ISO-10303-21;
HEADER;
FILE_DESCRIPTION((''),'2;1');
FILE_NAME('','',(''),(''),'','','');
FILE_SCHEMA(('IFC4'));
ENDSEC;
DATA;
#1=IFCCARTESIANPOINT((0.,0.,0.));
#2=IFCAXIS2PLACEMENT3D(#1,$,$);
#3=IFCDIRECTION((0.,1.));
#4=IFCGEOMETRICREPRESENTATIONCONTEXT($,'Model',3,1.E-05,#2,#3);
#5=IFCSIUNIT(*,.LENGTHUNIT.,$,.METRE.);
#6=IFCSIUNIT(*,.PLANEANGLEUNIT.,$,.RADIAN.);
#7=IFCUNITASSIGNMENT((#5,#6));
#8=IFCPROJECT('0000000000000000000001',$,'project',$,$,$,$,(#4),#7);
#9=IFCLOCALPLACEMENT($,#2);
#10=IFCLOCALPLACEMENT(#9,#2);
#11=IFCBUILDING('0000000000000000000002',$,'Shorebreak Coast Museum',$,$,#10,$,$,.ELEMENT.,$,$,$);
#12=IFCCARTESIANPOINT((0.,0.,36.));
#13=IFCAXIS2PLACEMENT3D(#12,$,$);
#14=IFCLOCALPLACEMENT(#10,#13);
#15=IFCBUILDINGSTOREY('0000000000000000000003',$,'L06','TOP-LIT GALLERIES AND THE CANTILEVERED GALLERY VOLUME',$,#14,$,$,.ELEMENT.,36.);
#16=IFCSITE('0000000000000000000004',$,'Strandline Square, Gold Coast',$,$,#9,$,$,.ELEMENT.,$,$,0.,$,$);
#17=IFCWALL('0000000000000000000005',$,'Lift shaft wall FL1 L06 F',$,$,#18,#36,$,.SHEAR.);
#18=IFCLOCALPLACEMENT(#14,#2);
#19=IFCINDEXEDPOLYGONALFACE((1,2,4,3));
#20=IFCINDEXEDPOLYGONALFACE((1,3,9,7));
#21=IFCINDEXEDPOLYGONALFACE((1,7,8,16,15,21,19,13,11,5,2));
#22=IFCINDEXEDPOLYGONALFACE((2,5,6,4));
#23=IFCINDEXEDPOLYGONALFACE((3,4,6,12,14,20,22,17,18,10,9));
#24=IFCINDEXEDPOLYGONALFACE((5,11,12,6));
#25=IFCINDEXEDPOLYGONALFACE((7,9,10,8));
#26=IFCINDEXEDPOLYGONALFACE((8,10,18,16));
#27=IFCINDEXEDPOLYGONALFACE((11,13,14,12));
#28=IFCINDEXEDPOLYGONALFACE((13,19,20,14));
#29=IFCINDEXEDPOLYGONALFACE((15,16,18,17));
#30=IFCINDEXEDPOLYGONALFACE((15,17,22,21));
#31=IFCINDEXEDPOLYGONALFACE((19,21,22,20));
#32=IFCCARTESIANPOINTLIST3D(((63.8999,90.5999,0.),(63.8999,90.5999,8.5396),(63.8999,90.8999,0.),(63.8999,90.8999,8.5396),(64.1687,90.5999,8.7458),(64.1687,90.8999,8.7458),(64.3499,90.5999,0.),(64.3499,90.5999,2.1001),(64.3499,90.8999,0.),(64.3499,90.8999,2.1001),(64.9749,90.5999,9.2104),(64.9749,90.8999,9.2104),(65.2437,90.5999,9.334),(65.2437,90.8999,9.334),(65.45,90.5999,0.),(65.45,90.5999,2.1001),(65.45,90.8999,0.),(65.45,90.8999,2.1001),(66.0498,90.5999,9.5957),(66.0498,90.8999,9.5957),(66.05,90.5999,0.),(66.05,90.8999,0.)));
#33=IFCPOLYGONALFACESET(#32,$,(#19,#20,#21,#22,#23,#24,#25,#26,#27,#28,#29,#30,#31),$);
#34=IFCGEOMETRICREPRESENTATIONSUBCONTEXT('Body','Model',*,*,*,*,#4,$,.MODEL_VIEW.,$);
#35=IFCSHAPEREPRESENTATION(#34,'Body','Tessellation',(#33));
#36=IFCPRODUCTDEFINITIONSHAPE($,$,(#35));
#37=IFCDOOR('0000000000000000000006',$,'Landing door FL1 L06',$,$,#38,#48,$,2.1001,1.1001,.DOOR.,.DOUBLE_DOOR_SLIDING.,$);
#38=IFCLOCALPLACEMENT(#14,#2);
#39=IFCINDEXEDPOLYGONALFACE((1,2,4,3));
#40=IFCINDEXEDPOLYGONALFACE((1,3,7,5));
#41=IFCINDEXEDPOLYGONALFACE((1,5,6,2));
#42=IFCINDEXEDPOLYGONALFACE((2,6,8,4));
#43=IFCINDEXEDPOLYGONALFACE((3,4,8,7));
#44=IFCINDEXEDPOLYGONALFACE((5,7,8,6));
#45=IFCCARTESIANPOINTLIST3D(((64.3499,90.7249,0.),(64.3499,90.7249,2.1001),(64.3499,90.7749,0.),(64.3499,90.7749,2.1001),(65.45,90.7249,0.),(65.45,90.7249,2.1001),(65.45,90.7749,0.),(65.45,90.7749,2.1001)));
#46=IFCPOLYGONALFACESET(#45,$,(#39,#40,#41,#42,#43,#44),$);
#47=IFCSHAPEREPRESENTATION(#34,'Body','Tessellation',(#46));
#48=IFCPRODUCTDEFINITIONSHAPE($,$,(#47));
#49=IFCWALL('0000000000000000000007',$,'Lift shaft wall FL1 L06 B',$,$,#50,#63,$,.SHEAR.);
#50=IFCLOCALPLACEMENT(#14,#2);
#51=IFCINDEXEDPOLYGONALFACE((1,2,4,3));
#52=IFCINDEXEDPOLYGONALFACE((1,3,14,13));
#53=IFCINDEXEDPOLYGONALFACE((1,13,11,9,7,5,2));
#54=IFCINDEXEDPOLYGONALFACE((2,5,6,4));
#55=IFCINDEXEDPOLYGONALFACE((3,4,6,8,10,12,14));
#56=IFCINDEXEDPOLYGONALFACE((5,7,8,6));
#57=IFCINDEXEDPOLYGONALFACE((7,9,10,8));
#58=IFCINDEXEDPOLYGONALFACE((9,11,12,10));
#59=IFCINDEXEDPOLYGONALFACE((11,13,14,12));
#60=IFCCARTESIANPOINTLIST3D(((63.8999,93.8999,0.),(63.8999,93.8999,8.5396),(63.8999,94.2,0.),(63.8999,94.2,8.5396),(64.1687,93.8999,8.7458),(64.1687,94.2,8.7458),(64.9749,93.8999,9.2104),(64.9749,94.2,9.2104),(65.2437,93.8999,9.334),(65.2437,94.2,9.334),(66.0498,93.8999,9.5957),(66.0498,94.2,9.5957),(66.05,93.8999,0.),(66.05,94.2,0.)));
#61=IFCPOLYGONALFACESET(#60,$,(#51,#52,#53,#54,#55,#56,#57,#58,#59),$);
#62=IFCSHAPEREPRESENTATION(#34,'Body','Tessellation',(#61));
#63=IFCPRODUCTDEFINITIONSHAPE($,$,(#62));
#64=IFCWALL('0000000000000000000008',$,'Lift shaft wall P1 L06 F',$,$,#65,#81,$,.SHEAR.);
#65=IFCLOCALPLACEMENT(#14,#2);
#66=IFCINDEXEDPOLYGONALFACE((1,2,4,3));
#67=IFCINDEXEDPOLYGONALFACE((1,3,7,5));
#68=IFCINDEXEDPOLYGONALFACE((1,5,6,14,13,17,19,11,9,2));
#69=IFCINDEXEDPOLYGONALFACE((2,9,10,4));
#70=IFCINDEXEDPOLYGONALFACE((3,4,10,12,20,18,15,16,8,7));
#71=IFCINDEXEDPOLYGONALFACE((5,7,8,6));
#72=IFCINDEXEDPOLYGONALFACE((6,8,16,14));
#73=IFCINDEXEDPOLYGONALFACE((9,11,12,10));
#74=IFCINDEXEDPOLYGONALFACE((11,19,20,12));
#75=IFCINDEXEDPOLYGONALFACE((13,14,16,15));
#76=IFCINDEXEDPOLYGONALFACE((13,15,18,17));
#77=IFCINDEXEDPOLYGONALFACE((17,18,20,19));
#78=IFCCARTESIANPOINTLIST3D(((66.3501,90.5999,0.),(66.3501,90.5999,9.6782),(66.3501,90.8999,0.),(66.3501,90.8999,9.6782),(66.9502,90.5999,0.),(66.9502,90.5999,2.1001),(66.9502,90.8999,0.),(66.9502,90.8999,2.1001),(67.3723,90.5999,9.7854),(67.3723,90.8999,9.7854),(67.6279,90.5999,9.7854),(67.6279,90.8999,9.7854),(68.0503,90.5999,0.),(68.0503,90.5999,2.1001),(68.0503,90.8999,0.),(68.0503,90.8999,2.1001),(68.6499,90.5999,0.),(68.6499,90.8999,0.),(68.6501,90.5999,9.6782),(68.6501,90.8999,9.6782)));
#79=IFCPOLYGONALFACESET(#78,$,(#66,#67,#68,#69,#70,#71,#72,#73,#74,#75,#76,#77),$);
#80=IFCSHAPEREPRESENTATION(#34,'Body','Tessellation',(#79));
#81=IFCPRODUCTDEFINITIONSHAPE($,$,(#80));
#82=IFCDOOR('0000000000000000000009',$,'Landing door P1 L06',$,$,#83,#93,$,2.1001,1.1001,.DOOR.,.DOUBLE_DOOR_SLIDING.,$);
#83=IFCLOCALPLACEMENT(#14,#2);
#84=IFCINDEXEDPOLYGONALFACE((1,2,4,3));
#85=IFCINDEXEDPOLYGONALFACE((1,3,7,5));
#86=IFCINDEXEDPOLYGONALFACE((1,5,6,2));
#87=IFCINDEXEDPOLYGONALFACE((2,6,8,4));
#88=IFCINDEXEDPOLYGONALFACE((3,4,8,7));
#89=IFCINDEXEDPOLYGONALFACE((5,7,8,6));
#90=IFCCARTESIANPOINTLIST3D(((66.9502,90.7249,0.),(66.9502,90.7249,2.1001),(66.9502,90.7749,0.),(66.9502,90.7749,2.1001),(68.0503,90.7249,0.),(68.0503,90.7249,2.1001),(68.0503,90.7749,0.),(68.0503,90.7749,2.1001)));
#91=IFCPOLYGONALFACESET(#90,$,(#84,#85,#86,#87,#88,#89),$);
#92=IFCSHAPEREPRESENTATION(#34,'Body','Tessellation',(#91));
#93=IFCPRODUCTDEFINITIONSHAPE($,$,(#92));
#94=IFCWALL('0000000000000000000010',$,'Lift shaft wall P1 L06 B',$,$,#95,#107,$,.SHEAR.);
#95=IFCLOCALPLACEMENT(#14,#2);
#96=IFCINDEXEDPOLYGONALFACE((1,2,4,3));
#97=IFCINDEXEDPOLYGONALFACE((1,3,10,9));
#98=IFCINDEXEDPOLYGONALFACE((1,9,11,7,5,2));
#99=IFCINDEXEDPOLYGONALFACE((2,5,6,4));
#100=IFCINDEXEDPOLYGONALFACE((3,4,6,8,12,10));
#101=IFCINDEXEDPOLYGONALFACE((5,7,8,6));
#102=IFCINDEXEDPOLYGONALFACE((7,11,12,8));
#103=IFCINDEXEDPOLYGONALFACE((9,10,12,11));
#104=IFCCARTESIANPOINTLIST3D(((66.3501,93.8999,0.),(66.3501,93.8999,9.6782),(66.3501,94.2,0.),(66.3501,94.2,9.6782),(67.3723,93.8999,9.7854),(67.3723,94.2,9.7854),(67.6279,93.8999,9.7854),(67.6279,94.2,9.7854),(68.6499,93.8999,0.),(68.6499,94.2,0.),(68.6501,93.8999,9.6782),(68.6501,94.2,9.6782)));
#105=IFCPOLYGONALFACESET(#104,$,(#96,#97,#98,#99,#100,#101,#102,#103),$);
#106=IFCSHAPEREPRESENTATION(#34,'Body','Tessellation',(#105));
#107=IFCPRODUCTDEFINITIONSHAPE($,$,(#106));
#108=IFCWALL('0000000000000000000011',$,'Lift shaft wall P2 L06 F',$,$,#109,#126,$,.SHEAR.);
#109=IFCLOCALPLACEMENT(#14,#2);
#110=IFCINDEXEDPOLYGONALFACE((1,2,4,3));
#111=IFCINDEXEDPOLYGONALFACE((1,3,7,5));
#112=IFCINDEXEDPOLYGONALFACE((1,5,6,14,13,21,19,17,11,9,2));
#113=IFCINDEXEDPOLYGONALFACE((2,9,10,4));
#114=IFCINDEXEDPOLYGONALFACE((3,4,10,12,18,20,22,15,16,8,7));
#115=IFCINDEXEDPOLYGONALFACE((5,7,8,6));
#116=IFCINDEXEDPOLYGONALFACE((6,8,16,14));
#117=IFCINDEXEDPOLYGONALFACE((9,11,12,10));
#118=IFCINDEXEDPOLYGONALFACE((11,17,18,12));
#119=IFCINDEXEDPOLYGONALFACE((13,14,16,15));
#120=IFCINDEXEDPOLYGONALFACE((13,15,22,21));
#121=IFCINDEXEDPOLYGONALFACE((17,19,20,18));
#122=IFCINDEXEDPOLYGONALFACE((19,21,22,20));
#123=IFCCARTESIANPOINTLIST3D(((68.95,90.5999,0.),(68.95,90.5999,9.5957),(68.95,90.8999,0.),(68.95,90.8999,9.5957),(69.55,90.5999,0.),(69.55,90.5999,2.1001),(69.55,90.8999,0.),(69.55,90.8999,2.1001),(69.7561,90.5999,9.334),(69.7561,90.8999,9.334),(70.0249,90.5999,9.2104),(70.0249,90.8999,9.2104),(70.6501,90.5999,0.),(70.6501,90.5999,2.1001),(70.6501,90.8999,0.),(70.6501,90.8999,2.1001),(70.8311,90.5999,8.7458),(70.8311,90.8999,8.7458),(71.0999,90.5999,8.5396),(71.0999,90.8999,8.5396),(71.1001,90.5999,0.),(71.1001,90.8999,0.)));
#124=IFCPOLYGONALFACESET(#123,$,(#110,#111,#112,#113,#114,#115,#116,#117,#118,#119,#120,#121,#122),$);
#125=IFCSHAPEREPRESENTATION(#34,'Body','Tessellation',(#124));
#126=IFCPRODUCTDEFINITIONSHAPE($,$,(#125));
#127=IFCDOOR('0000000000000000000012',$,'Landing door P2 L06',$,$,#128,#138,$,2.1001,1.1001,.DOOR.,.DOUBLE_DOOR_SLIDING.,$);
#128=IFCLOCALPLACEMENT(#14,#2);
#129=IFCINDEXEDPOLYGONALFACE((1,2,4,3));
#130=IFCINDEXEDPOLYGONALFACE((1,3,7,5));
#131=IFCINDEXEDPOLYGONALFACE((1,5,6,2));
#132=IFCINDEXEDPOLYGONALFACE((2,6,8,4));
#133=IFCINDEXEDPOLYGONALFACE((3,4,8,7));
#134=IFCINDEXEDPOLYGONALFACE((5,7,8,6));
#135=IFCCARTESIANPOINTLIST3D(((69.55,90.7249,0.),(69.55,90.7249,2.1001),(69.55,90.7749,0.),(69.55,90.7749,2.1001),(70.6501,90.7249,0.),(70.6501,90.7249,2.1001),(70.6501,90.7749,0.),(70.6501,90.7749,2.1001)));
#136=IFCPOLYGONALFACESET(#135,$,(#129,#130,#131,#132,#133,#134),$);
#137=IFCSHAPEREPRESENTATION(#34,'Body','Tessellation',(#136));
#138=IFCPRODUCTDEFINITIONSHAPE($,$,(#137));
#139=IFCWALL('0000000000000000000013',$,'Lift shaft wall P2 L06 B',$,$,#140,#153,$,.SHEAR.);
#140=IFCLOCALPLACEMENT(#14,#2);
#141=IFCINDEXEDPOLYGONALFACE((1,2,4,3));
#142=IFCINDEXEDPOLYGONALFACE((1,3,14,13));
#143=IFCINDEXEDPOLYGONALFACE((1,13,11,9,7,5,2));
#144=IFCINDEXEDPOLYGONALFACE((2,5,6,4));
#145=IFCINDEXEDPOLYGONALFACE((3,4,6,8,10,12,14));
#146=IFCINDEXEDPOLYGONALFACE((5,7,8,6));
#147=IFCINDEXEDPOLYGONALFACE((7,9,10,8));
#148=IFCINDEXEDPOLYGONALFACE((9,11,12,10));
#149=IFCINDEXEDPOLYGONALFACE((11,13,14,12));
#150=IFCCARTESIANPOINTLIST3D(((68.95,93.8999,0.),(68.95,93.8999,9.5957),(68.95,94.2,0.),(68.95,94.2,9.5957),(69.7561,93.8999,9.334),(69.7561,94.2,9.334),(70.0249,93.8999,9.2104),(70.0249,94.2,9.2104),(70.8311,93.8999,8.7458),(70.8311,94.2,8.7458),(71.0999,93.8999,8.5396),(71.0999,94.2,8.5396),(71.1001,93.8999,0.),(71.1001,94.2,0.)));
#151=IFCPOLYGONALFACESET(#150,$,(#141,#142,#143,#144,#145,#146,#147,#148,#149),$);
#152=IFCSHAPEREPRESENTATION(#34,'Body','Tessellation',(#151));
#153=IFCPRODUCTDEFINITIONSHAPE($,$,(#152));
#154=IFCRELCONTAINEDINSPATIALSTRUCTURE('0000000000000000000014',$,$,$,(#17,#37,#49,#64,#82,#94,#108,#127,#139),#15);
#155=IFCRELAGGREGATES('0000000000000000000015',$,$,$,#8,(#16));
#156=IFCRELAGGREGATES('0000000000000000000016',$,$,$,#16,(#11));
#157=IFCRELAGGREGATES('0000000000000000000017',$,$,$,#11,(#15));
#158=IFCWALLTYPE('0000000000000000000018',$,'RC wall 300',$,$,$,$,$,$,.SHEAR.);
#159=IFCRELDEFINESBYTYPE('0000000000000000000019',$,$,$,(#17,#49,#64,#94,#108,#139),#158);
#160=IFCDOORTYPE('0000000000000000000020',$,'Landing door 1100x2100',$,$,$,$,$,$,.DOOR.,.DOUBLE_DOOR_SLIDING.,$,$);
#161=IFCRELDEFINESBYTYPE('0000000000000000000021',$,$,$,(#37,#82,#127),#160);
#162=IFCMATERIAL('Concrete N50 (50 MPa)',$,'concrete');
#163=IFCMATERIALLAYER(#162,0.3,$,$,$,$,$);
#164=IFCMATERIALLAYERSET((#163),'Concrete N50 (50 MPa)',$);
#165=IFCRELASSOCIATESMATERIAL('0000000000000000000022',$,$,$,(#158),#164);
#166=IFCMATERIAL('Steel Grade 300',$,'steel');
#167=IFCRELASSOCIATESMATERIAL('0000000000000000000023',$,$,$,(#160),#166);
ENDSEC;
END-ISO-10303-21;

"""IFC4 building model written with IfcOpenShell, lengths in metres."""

from ifc_helpers import new_model, si_unit, direction, frame, frame_2d, origin, place, context, subcontext, project, spatial, polyline, rectangle, outline, extrude, material, layer, layer_set, type_object, element, fill, save


model = new_model("IFC4")

# Units and contexts
model_context = context("Model", 3, precision=1e-05, world=origin(), true_north=direction((0.0, 1.0)))
body_context = subcontext(model_context, "Body", "Model", "MODEL_VIEW")
ifc_project = project(units=[si_unit("LENGTHUNIT", "METRE"), si_unit("PLANEANGLEUNIT", "RADIAN")], contexts=[model_context])

# Site, building, storey
site_placement = place(None, origin())
site = spatial("IfcSite", under=ifc_project, at=site_placement, Name="Strandline Square, Gold Coast", CompositionType="ELEMENT", RefElevation=0.0)
building_placement = place(site_placement, origin())
building = spatial("IfcBuilding", under=site, at=building_placement, Name="Shorebreak Coast Museum", CompositionType="ELEMENT")
storey_placement = place(building_placement, frame((0.0, 0.0, 36.0)))
storey = spatial("IfcBuildingStorey", under=building, at=storey_placement, Name="L06", Description="TOP-LIT GALLERIES AND THE CANTILEVERED GALLERY VOLUME", CompositionType="ELEMENT", Elevation=36.0)

# Shared definitions
ifc_material_1 = material(Name="Concrete N50 (50 MPa)", Category="concrete")
ifc_layer_1 = layer(ifc_material_1, 0.3)
ifc_layer_set_1 = layer_set([ifc_layer_1], Name="Concrete N50 (50 MPa)")
wall_type_1 = type_object("IfcWallType", Name="RC wall 300", PredefinedType="SHEAR", material=ifc_layer_set_1)

# Wall, opening, door
wall_1_placement = place(storey_placement, frame((63.8999, 90.75, 0.0), z_axis=(0.0, 0.0, 1.0), x_axis=(1.0, 0.0, 0.0)))
wall_1 = element("IfcWall", 1, at=wall_1_placement, inside=storey, type_object=wall_type_1, Name="Lift shaft wall FL1 L06 F", PredefinedType="SHEAR", context=body_context, shape_type="SweptSolid", body=[
    extrude(outline(polyline([(0.0, 0.0), (2.1501, 0.0), (2.1499, 9.5957), (1.3438, 9.334), (1.075, 9.2104), (0.2688, 8.7458), (0.0, 8.5396), (0.0, 0.0)])), frame((0.0, 0.1499, 0.0), z_axis=(0.0, -1.0, 0.0), x_axis=(1.0, 0.0, 0.0)), (0.0, 0.0, 1.0), 0.3),
])
opening_1_placement = place(wall_1_placement, frame((0.45, 0.0, 0.0)))
opening_1 = element("IfcOpeningElement", 2, at=opening_1_placement, cuts=wall_1, PredefinedType="OPENING", context=body_context, shape_type="SweptSolid", body=[
    extrude(rectangle(XDim=1.1001, YDim=2.1001, at=frame_2d((0.55, 1.05))), frame((0.0, 0.1599, 0.0), z_axis=(0.0, -1.0, 0.0), x_axis=(1.0, 0.0, 0.0)), (0.0, 0.0, 1.0), 0.3201),
])
ifc_material_2 = material(Name="Steel Grade 300", Category="steel")
door_type_1 = type_object("IfcDoorType", Name="Landing door 1100x2100", OperationType="DOUBLE_DOOR_SLIDING", PredefinedType="DOOR", material=ifc_material_2)
door_1_placement = place(opening_1_placement, origin())
door_1 = element("IfcDoor", 3, at=door_1_placement, inside=storey, type_object=door_type_1, Name="Landing door FL1 L06", OperationType="DOUBLE_DOOR_SLIDING", OverallHeight=2.1001, OverallWidth=1.1001, PredefinedType="DOOR", context=body_context, shape_type="SweptSolid", body=[
    extrude(rectangle(XDim=1.1001, YDim=2.1001, at=frame_2d((0.55, 1.05))), frame((0.0, 0.0249, 0.0), z_axis=(0.0, -1.0, 0.0), x_axis=(1.0, 0.0, 0.0)), (0.0, 0.0, 1.0), 0.05),
])
fill(opening_1, door_1)

# Wall
wall_2_placement = place(storey_placement, frame((63.8999, 94.05, 0.0), z_axis=(0.0, 0.0, 1.0), x_axis=(1.0, 0.0, 0.0)))
element("IfcWall", 4, at=wall_2_placement, inside=storey, type_object=wall_type_1, Name="Lift shaft wall FL1 L06 B", PredefinedType="SHEAR", context=body_context, shape_type="SweptSolid", body=[
    extrude(outline(polyline([(0.0, 0.0), (2.1501, 0.0), (2.1499, 9.5957), (1.3438, 9.334), (1.075, 9.2104), (0.2688, 8.7458), (0.0, 8.5396), (0.0, 0.0)])), frame((0.0, 0.1499, 0.0), z_axis=(0.0, -1.0, 0.0), x_axis=(1.0, 0.0, 0.0)), (0.0, 0.0, 1.0), 0.3),
])

# Wall, opening, door
wall_3_placement = place(storey_placement, frame((66.3501, 90.75, 0.0), z_axis=(0.0, 0.0, 1.0), x_axis=(1.0, 0.0, 0.0)))
wall_3 = element("IfcWall", 5, at=wall_3_placement, inside=storey, type_object=wall_type_1, Name="Lift shaft wall P1 L06 F", PredefinedType="SHEAR", context=body_context, shape_type="SweptSolid", body=[
    extrude(outline(polyline([(0.0, 0.0), (2.2998, 0.0), (2.3, 9.6782), (1.2778, 9.7854), (1.0222, 9.7854), (0.0, 9.6782), (0.0, 0.0)])), frame((0.0, 0.1499, 0.0), z_axis=(0.0, -1.0, 0.0), x_axis=(1.0, 0.0, 0.0)), (0.0, 0.0, 1.0), 0.3),
])
opening_2_placement = place(wall_3_placement, frame((0.6001, 0.0, 0.0)))
opening_2 = element("IfcOpeningElement", 6, at=opening_2_placement, cuts=wall_3, PredefinedType="OPENING", context=body_context, shape_type="SweptSolid", body=[
    extrude(rectangle(XDim=1.1001, YDim=2.1001, at=frame_2d((0.55, 1.05))), frame((0.0, 0.1599, 0.0), z_axis=(0.0, -1.0, 0.0), x_axis=(1.0, 0.0, 0.0)), (0.0, 0.0, 1.0), 0.3201),
])
door_2_placement = place(opening_2_placement, origin())
door_2 = element("IfcDoor", 7, at=door_2_placement, inside=storey, type_object=door_type_1, Name="Landing door P1 L06", OperationType="DOUBLE_DOOR_SLIDING", OverallHeight=2.1001, OverallWidth=1.1001, PredefinedType="DOOR", context=body_context, shape_type="SweptSolid", body=[
    extrude(rectangle(XDim=1.1001, YDim=2.1001, at=frame_2d((0.55, 1.05))), frame((0.0, 0.0249, 0.0), z_axis=(0.0, -1.0, 0.0), x_axis=(1.0, 0.0, 0.0)), (0.0, 0.0, 1.0), 0.05),
])
fill(opening_2, door_2)

# Wall
wall_4_placement = place(storey_placement, frame((66.3501, 94.05, 0.0), z_axis=(0.0, 0.0, 1.0), x_axis=(1.0, 0.0, 0.0)))
element("IfcWall", 8, at=wall_4_placement, inside=storey, type_object=wall_type_1, Name="Lift shaft wall P1 L06 B", PredefinedType="SHEAR", context=body_context, shape_type="SweptSolid", body=[
    extrude(outline(polyline([(0.0, 0.0), (2.2998, 0.0), (2.3, 9.6782), (1.2778, 9.7854), (1.0222, 9.7854), (0.0, 9.6782), (0.0, 0.0)])), frame((0.0, 0.1499, 0.0), z_axis=(0.0, -1.0, 0.0), x_axis=(1.0, 0.0, 0.0)), (0.0, 0.0, 1.0), 0.3),
])

# Wall, opening, door
wall_5_placement = place(storey_placement, frame((68.95, 90.75, 0.0), z_axis=(0.0, 0.0, 1.0), x_axis=(1.0, 0.0, 0.0)))
wall_5 = element("IfcWall", 9, at=wall_5_placement, inside=storey, type_object=wall_type_1, Name="Lift shaft wall P2 L06 F", PredefinedType="SHEAR", context=body_context, shape_type="SweptSolid", body=[
    extrude(outline(polyline([(0.0, 0.0), (2.1501, 0.0), (2.1499, 8.5396), (1.8811, 8.7458), (1.075, 9.2104), (0.8062, 9.334), (0.0, 9.5957), (0.0, 0.0)])), frame((0.0, 0.1499, 0.0), z_axis=(0.0, -1.0, 0.0), x_axis=(1.0, 0.0, 0.0)), (0.0, 0.0, 1.0), 0.3),
])
opening_3_placement = place(wall_5_placement, frame((0.6001, 0.0, 0.0)))
opening_3 = element("IfcOpeningElement", 10, at=opening_3_placement, cuts=wall_5, PredefinedType="OPENING", context=body_context, shape_type="SweptSolid", body=[
    extrude(rectangle(XDim=1.1001, YDim=2.1001, at=frame_2d((0.55, 1.05))), frame((0.0, 0.1599, 0.0), z_axis=(0.0, -1.0, 0.0), x_axis=(1.0, 0.0, 0.0)), (0.0, 0.0, 1.0), 0.3201),
])
door_3_placement = place(opening_3_placement, origin())
door_3 = element("IfcDoor", 11, at=door_3_placement, inside=storey, type_object=door_type_1, Name="Landing door P2 L06", OperationType="DOUBLE_DOOR_SLIDING", OverallHeight=2.1001, OverallWidth=1.1001, PredefinedType="DOOR", context=body_context, shape_type="SweptSolid", body=[
    extrude(rectangle(XDim=1.1001, YDim=2.1001, at=frame_2d((0.55, 1.05))), frame((0.0, 0.0249, 0.0), z_axis=(0.0, -1.0, 0.0), x_axis=(1.0, 0.0, 0.0)), (0.0, 0.0, 1.0), 0.05),
])
fill(opening_3, door_3)

# Wall
wall_6_placement = place(storey_placement, frame((68.95, 94.05, 0.0), z_axis=(0.0, 0.0, 1.0), x_axis=(1.0, 0.0, 0.0)))
element("IfcWall", 12, at=wall_6_placement, inside=storey, type_object=wall_type_1, Name="Lift shaft wall P2 L06 B", PredefinedType="SHEAR", context=body_context, shape_type="SweptSolid", body=[
    extrude(outline(polyline([(0.0, 0.0), (2.1501, 0.0), (2.1499, 8.5396), (1.8811, 8.7458), (1.075, 9.2104), (0.8062, 9.334), (0.0, 9.5957), (0.0, 0.0)])), frame((0.0, 0.1499, 0.0), z_axis=(0.0, -1.0, 0.0), x_axis=(1.0, 0.0, 0.0)), (0.0, 0.0, 1.0), 0.3),
])

save(model, "model.ifc")
